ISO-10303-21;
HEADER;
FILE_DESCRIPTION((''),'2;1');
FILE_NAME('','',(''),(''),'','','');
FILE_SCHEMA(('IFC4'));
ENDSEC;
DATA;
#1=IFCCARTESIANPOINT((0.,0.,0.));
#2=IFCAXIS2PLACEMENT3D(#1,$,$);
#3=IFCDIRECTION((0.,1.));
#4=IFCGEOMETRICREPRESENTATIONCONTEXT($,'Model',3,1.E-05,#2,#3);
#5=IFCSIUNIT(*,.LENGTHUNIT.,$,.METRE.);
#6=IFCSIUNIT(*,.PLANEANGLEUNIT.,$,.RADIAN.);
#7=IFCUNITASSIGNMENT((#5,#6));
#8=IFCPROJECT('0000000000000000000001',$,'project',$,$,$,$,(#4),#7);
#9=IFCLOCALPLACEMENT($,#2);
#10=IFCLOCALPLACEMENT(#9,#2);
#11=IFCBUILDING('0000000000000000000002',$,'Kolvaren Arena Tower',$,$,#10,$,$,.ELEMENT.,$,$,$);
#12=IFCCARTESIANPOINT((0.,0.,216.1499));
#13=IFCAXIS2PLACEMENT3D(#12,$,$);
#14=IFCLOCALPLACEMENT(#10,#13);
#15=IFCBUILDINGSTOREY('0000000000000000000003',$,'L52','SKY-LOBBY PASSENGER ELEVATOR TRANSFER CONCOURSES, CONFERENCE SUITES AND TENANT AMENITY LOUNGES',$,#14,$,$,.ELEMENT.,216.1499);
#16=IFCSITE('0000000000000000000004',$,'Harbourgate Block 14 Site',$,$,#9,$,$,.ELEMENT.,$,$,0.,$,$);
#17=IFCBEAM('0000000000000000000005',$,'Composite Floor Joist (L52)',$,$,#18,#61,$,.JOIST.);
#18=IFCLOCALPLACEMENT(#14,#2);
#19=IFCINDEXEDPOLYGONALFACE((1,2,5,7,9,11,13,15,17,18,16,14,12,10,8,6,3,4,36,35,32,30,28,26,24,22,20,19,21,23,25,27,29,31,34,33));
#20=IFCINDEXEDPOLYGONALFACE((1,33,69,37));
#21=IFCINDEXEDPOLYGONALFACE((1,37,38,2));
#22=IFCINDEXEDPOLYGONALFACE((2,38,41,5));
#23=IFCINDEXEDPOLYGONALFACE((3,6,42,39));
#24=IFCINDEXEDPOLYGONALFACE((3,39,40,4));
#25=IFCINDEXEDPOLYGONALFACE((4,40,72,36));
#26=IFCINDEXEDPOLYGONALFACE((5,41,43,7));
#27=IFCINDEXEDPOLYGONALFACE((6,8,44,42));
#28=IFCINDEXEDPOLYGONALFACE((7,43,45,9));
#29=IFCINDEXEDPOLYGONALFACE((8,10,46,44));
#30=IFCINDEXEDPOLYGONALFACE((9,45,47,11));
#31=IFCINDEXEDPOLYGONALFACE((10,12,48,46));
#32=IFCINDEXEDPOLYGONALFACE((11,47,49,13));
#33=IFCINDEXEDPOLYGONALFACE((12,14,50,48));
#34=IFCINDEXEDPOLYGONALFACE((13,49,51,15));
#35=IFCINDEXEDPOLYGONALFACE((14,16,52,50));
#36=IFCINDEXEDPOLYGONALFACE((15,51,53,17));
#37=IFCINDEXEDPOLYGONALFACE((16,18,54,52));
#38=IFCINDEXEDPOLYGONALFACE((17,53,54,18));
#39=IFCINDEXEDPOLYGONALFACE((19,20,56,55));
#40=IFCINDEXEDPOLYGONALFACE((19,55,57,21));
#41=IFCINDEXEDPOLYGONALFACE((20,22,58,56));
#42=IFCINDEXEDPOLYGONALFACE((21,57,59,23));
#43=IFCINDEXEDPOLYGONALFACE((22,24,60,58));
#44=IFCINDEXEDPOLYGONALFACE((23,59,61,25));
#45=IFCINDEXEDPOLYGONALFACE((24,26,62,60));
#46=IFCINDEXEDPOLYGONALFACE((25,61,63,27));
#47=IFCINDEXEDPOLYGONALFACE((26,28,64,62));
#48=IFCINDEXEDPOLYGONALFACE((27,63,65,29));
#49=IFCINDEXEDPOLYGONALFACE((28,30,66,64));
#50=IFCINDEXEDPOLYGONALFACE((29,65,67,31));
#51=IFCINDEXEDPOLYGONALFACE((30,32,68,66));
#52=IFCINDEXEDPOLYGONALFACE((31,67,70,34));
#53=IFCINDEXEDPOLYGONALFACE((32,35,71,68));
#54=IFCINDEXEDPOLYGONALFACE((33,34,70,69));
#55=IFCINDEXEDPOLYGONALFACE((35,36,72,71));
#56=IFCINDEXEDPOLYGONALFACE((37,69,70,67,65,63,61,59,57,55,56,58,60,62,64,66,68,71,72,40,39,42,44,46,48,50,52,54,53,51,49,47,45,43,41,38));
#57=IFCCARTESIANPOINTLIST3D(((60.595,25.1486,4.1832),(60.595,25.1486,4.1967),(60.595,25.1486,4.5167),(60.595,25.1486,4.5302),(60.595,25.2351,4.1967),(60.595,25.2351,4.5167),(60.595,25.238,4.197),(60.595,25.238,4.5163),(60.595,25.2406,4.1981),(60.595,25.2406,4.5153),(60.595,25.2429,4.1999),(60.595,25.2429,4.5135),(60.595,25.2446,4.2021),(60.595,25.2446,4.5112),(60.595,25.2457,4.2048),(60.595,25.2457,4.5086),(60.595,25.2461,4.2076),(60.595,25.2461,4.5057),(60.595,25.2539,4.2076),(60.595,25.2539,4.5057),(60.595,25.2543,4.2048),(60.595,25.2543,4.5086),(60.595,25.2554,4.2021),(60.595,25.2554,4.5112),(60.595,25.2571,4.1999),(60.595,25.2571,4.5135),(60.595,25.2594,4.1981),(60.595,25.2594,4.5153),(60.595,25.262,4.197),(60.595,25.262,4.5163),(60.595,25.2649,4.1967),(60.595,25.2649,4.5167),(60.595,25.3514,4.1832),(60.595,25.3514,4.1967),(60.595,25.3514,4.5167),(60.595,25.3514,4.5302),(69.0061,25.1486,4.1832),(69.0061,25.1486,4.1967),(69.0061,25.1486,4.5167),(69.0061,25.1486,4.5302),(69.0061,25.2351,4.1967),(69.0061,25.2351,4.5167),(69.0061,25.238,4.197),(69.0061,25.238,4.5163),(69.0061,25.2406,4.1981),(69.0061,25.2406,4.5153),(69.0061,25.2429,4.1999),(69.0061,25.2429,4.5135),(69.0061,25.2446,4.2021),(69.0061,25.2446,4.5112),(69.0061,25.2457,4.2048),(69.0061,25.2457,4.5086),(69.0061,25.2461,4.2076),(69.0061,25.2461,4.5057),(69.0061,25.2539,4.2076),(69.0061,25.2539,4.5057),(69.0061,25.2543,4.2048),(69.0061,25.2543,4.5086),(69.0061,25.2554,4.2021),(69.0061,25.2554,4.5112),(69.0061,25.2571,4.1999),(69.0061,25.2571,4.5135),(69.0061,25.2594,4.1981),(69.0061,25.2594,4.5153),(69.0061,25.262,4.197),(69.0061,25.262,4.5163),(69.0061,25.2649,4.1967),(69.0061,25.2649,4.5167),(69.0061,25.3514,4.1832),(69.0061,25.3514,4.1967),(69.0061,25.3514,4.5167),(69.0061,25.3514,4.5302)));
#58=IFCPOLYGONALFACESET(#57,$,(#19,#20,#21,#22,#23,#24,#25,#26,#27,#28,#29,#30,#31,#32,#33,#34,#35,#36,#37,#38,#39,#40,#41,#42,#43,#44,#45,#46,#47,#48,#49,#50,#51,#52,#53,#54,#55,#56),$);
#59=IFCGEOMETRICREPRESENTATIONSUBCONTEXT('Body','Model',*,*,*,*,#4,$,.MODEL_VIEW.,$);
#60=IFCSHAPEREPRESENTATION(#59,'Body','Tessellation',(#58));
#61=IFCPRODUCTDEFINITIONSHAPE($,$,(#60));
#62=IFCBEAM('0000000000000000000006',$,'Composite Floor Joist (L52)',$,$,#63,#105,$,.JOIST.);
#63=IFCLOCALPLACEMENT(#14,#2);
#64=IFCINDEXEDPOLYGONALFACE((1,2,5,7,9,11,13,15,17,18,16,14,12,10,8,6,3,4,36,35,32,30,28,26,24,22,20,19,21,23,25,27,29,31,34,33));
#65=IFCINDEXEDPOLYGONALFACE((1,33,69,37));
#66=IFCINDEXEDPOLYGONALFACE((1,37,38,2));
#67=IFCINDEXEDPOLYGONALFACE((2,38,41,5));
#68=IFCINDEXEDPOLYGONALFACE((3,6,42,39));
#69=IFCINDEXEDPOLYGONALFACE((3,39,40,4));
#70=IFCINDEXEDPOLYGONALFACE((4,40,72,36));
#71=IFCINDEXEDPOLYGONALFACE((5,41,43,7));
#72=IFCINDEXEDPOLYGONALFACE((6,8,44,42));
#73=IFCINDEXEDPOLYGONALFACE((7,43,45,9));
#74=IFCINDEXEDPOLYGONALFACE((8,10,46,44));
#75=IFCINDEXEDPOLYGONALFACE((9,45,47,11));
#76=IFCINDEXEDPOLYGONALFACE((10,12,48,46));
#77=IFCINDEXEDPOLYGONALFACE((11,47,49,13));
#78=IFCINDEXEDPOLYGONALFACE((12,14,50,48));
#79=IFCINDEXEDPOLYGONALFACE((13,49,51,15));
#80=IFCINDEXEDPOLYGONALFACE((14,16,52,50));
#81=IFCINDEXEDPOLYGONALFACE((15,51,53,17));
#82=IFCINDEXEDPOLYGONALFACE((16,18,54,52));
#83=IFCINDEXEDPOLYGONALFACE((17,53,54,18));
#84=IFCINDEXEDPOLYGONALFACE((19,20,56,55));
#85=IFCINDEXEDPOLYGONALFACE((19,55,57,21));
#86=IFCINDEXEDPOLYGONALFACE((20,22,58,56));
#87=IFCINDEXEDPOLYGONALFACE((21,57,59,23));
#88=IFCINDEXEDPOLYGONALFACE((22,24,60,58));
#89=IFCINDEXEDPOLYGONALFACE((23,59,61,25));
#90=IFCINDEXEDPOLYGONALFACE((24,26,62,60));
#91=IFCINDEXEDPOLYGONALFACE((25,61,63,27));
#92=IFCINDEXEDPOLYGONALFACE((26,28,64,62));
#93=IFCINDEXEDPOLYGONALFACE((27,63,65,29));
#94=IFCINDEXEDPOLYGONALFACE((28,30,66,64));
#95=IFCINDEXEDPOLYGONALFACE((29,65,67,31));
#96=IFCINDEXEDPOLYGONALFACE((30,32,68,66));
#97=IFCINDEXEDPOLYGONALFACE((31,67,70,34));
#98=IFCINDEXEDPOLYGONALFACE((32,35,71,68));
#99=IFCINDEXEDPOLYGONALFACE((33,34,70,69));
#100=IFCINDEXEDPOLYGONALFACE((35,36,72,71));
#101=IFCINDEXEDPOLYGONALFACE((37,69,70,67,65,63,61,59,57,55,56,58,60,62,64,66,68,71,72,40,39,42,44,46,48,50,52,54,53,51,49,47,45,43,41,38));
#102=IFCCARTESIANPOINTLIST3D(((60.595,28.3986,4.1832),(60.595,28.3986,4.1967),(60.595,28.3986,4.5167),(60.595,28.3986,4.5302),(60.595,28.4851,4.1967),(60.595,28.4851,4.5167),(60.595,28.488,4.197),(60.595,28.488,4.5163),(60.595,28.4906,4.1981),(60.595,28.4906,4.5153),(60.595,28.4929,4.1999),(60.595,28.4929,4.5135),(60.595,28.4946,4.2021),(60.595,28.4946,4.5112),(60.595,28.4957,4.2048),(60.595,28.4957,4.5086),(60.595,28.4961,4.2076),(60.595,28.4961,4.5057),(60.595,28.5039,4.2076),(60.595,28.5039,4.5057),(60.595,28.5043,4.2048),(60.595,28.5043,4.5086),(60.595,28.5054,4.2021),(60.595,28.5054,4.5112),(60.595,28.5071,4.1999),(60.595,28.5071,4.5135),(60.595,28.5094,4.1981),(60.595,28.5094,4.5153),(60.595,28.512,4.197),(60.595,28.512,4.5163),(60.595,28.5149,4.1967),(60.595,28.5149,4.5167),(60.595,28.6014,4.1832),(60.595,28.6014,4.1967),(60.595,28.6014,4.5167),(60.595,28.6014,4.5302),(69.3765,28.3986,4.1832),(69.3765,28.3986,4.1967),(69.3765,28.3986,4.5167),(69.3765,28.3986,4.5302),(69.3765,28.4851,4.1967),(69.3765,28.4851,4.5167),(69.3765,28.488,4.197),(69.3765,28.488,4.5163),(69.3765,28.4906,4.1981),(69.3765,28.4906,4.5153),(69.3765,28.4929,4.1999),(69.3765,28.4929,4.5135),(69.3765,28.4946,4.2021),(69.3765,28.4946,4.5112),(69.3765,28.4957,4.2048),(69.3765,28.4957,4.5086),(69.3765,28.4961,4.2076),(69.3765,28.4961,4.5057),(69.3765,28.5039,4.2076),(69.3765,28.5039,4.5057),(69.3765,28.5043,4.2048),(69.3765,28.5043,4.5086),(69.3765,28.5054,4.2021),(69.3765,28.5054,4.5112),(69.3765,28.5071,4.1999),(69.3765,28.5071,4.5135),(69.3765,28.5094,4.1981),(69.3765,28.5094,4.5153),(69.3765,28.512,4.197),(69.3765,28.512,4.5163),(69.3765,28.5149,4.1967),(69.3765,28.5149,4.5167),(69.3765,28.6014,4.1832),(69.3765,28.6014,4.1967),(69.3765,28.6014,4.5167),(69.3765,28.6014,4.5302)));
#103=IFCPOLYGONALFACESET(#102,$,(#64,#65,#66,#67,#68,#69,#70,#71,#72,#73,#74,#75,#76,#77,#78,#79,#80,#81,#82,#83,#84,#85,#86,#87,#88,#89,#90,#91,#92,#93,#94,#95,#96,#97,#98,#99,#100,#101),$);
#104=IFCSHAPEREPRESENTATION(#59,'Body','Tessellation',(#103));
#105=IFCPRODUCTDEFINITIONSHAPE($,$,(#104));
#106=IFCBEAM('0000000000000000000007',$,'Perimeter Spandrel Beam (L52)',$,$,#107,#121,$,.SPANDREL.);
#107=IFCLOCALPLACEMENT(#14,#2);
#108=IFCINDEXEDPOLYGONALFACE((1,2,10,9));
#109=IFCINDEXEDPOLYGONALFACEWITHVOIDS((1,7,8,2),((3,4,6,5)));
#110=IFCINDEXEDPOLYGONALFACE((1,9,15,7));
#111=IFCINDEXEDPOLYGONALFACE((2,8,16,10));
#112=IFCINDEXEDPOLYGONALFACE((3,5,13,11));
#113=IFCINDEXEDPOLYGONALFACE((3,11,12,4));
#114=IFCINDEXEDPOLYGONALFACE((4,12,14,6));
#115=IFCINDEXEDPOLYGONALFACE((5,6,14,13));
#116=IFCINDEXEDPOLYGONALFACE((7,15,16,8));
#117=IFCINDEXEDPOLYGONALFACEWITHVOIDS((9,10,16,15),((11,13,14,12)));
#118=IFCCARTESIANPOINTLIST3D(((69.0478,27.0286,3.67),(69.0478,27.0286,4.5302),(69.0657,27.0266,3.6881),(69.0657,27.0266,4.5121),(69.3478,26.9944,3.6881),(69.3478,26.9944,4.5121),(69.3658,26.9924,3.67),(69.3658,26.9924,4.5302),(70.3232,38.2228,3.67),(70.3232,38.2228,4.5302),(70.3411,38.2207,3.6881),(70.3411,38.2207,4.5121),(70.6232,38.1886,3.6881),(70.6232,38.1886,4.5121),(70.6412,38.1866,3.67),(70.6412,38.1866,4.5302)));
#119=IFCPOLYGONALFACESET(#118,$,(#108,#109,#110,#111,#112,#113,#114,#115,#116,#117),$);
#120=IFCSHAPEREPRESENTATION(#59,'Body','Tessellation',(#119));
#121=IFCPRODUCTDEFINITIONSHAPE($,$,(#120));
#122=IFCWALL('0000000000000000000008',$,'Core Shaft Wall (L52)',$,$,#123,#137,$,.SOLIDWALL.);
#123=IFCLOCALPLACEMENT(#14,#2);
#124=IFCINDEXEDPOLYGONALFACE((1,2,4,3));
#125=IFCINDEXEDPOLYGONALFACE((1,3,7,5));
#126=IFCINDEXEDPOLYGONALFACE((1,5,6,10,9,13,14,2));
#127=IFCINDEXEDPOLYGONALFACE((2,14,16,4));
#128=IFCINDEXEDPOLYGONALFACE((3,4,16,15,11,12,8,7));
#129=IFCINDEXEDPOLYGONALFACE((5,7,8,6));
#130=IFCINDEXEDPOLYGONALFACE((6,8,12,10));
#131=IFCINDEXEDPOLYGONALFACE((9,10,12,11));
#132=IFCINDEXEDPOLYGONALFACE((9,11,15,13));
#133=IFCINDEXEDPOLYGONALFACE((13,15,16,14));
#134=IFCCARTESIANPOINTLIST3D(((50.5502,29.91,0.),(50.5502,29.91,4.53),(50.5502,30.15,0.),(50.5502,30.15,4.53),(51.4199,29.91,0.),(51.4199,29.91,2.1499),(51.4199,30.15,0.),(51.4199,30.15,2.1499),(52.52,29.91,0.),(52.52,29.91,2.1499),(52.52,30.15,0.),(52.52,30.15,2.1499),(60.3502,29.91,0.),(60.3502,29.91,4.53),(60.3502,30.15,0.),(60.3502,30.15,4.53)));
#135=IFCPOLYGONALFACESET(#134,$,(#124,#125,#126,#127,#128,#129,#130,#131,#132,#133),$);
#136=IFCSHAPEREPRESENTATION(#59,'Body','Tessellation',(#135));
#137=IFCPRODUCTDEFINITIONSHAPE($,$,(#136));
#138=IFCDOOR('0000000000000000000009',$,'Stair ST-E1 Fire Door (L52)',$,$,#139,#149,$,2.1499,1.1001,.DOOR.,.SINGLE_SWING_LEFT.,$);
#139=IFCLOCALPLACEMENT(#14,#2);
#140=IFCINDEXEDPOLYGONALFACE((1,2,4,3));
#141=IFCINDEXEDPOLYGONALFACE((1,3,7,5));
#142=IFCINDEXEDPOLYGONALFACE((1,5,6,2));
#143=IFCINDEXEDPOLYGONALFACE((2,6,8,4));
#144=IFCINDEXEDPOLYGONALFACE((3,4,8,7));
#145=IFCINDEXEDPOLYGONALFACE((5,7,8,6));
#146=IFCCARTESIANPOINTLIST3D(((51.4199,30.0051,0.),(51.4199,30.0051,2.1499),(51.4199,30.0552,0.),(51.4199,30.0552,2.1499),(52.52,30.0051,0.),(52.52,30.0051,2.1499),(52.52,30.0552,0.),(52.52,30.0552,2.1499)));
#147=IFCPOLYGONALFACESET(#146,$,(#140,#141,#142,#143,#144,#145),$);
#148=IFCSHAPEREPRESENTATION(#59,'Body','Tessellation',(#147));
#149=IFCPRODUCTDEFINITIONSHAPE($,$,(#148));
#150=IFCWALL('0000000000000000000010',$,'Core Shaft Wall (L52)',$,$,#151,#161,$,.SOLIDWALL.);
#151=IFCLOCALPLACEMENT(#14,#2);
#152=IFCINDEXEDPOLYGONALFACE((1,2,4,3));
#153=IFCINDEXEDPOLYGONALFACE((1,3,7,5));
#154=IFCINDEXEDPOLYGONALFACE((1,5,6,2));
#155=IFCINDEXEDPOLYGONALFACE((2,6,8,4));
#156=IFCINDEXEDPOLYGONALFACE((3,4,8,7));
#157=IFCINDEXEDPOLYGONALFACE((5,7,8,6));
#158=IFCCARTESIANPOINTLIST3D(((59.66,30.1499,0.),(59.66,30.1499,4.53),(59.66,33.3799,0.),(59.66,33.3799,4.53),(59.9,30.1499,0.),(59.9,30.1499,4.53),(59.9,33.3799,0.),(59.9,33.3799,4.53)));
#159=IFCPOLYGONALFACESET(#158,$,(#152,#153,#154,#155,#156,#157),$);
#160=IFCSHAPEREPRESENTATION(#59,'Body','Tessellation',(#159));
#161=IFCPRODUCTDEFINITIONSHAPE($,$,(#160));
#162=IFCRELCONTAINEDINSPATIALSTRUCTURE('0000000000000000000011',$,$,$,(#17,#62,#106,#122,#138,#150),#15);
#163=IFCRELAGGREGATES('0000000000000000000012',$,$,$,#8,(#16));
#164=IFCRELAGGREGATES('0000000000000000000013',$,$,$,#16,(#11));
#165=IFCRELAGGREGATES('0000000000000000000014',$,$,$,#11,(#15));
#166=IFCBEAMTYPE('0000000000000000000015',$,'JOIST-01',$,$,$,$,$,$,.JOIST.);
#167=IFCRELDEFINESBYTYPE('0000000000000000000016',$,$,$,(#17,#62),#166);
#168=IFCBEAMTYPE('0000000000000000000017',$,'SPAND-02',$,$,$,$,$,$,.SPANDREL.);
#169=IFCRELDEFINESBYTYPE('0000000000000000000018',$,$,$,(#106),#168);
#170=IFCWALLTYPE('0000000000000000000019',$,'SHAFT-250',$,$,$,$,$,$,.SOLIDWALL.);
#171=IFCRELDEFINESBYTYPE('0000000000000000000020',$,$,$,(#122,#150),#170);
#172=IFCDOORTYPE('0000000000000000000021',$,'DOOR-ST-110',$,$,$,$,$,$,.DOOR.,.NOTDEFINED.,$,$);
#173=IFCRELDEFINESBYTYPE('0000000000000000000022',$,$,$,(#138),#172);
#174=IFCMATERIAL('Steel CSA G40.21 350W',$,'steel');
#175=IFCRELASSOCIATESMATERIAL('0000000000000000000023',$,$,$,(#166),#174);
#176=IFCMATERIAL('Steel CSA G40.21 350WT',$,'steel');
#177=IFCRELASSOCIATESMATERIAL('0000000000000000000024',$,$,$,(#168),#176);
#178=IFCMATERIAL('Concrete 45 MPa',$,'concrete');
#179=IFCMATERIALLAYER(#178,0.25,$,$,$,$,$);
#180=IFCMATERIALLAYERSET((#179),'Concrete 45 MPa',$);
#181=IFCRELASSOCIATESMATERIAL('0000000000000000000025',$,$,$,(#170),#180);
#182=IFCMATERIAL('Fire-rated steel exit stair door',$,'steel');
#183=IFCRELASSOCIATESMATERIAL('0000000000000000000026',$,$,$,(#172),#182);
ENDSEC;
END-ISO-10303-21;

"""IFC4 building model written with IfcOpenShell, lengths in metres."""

from ifc_helpers import new_model, si_unit, direction, frame, frame_2d, origin, origin_2d, place, context, subcontext, project, spatial, rectangle, hollow_rectangle, i_section, extrude, material, layer, layer_set, material_profile, profile_set, type_object, element, fill, save


model = new_model("IFC4")

# Units and contexts
model_context = context("Model", 3, precision=1e-05, world=origin(), true_north=direction((0.0, 1.0)))
body_context = subcontext(model_context, "Body", "Model", "MODEL_VIEW")
ifc_project = project(units=[si_unit("LENGTHUNIT", "METRE"), si_unit("PLANEANGLEUNIT", "RADIAN")], contexts=[model_context])

# Site, building, storey
site_placement = place(None, origin())
site = spatial("IfcSite", under=ifc_project, at=site_placement, Name="Harbourgate Block 14 Site", CompositionType="ELEMENT", RefElevation=0.0)
building_placement = place(site_placement, origin())
building = spatial("IfcBuilding", under=site, at=building_placement, Name="Kolvaren Arena Tower", CompositionType="ELEMENT")
storey_placement = place(building_placement, frame((0.0, 0.0, 216.1499)))
storey = spatial("IfcBuildingStorey", under=building, at=storey_placement, Name="L52", Description="SKY-LOBBY PASSENGER ELEVATOR TRANSFER CONCOURSES, CONFERENCE SUITES AND TENANT AMENITY LOUNGES", CompositionType="ELEMENT", Elevation=216.1499)

# Beams
ifc_material_1 = material(Name="Steel CSA G40.21 350W", Category="steel")
ifc_material_profile_1 = material_profile(ifc_material_1, i_section(OverallWidth=0.2029, OverallDepth=0.3469, WebThickness=0.0078, FlangeThickness=0.0134, FilletRadius=0.011, at=origin_2d()), Name="W360x64")
ifc_profile_set_1 = profile_set([ifc_material_profile_1], Name="Steel CSA G40.21 350W")
beam_type_1 = type_object("IfcBeamType", Name="JOIST-01", PredefinedType="JOIST", material=ifc_profile_set_1)
beam_1_placement = place(storey_placement, frame((60.595, 25.25, 4.3567), z_axis=(1.0, 0.0, 0.0), x_axis=(0.0, 1.0, 0.0)))
element("IfcBeam", 1, at=beam_1_placement, inside=storey, type_object=beam_type_1, Name="Composite Floor Joist (L52)", PredefinedType="JOIST", context=body_context, shape_type="SweptSolid", body=[
    extrude(i_section(OverallWidth=0.2029, OverallDepth=0.3469, WebThickness=0.0078, FlangeThickness=0.0134, FilletRadius=0.011, at=origin_2d()), origin(), (0.0, 0.0, 1.0), 8.4111),
])
beam_2_placement = place(storey_placement, frame((60.595, 28.5, 4.3567), z_axis=(1.0, 0.0, 0.0), x_axis=(0.0, 1.0, 0.0)))
element("IfcBeam", 2, at=beam_2_placement, inside=storey, type_object=beam_type_1, Name="Composite Floor Joist (L52)", PredefinedType="JOIST", context=body_context, shape_type="SweptSolid", body=[
    extrude(i_section(OverallWidth=0.2029, OverallDepth=0.3469, WebThickness=0.0078, FlangeThickness=0.0134, FilletRadius=0.011, at=origin_2d()), origin(), (0.0, 0.0, 1.0), 8.7815),
])
ifc_material_2 = material(Name="Steel CSA G40.21 350WT", Category="steel")
ifc_material_profile_2 = material_profile(ifc_material_2, hollow_rectangle(XDim=0.3201, YDim=0.8601, WallThickness=0.0181, at=origin_2d()), Name="HSS 860x320x18")
ifc_profile_set_2 = profile_set([ifc_material_profile_2], Name="Steel CSA G40.21 350WT")
beam_type_2 = type_object("IfcBeamType", Name="SPAND-02", PredefinedType="SPANDREL", material=ifc_profile_set_2)
beam_3_placement = place(storey_placement, frame((69.2068, 27.0105, 4.1001), z_axis=(0.113202, 0.993572, 0.0), x_axis=(-0.993572, 0.113202, 0.0)))
element("IfcBeam", 3, at=beam_3_placement, inside=storey, type_object=beam_type_2, Name="Perimeter Spandrel Beam (L52)", PredefinedType="SPANDREL", context=body_context, shape_type="SweptSolid", body=[
    extrude(hollow_rectangle(XDim=0.3201, YDim=0.8601, WallThickness=0.0181, at=origin_2d()), origin(), (0.0, 0.0, 1.0), 11.2666),
])

# Wall, opening, door
ifc_material_3 = material(Name="Concrete 45 MPa", Category="concrete")
ifc_layer = layer(ifc_material_3, 0.25)
ifc_layer_set = layer_set([ifc_layer], Name="Concrete 45 MPa")
wall_type = type_object("IfcWallType", Name="SHAFT-250", PredefinedType="SOLIDWALL", material=ifc_layer_set)
wall_1_placement = place(storey_placement, frame((60.3501, 30.03, 0.0), z_axis=(0.0, 0.0, 1.0), x_axis=(-1.0, 0.0, 0.0)))
wall_1 = element("IfcWall", 4, at=wall_1_placement, inside=storey, type_object=wall_type, Name="Core Shaft Wall (L52)", PredefinedType="SOLIDWALL", context=body_context, shape_type="SweptSolid", body=[
    extrude(rectangle(XDim=9.8, YDim=0.24, at=frame_2d((4.8999, 0.0))), origin(), (0.0, 0.0, 1.0), 4.53),
])
opening_1_placement = place(wall_1_placement, frame((7.8301, 0.0, 0.0)))
opening_1 = element("IfcOpeningElement", 5, at=opening_1_placement, cuts=wall_1, PredefinedType="OPENING", context=body_context, shape_type="SweptSolid", body=[
    extrude(rectangle(XDim=1.1001, YDim=2.1499, at=frame_2d((0.55, 1.075))), frame((0.0, 0.1299, 0.0), z_axis=(0.0, -1.0, 0.0), x_axis=(1.0, 0.0, 0.0)), (0.0, 0.0, 1.0), 0.26),
])
ifc_material_4 = material(Name="Fire-rated steel exit stair door", Category="steel")
door_type_1 = type_object("IfcDoorType", Name="DOOR-ST-110", OperationType="NOTDEFINED", PredefinedType="DOOR", material=ifc_material_4)
door_1_placement = place(opening_1_placement, origin())
door_1 = element("IfcDoor", 6, at=door_1_placement, inside=storey, type_object=door_type_1, Name="Stair ST-E1 Fire Door (L52)", OperationType="SINGLE_SWING_LEFT", OverallHeight=2.1499, OverallWidth=1.1001, PredefinedType="DOOR", context=body_context, shape_type="SweptSolid", body=[
    extrude(rectangle(XDim=1.1001, YDim=2.1499, at=frame_2d((0.55, 1.075))), frame((0.0, 0.0249, 0.0), z_axis=(0.0, -1.0, 0.0), x_axis=(1.0, 0.0, 0.0)), (0.0, 0.0, 1.0), 0.05),
])
fill(opening_1, door_1)

# Wall
wall_2_placement = place(storey_placement, frame((59.78, 30.1499, 0.0), z_axis=(0.0, 0.0, 1.0), x_axis=(0.0, 1.0, 0.0)))
element("IfcWall", 7, at=wall_2_placement, inside=storey, type_object=wall_type, Name="Core Shaft Wall (L52)", PredefinedType="SOLIDWALL", context=body_context, shape_type="SweptSolid", body=[
    extrude(rectangle(XDim=3.23, YDim=0.24, at=frame_2d((1.615, 0.0))), origin(), (0.0, 0.0, 1.0), 4.53),
])

save(model, "model.ifc")
